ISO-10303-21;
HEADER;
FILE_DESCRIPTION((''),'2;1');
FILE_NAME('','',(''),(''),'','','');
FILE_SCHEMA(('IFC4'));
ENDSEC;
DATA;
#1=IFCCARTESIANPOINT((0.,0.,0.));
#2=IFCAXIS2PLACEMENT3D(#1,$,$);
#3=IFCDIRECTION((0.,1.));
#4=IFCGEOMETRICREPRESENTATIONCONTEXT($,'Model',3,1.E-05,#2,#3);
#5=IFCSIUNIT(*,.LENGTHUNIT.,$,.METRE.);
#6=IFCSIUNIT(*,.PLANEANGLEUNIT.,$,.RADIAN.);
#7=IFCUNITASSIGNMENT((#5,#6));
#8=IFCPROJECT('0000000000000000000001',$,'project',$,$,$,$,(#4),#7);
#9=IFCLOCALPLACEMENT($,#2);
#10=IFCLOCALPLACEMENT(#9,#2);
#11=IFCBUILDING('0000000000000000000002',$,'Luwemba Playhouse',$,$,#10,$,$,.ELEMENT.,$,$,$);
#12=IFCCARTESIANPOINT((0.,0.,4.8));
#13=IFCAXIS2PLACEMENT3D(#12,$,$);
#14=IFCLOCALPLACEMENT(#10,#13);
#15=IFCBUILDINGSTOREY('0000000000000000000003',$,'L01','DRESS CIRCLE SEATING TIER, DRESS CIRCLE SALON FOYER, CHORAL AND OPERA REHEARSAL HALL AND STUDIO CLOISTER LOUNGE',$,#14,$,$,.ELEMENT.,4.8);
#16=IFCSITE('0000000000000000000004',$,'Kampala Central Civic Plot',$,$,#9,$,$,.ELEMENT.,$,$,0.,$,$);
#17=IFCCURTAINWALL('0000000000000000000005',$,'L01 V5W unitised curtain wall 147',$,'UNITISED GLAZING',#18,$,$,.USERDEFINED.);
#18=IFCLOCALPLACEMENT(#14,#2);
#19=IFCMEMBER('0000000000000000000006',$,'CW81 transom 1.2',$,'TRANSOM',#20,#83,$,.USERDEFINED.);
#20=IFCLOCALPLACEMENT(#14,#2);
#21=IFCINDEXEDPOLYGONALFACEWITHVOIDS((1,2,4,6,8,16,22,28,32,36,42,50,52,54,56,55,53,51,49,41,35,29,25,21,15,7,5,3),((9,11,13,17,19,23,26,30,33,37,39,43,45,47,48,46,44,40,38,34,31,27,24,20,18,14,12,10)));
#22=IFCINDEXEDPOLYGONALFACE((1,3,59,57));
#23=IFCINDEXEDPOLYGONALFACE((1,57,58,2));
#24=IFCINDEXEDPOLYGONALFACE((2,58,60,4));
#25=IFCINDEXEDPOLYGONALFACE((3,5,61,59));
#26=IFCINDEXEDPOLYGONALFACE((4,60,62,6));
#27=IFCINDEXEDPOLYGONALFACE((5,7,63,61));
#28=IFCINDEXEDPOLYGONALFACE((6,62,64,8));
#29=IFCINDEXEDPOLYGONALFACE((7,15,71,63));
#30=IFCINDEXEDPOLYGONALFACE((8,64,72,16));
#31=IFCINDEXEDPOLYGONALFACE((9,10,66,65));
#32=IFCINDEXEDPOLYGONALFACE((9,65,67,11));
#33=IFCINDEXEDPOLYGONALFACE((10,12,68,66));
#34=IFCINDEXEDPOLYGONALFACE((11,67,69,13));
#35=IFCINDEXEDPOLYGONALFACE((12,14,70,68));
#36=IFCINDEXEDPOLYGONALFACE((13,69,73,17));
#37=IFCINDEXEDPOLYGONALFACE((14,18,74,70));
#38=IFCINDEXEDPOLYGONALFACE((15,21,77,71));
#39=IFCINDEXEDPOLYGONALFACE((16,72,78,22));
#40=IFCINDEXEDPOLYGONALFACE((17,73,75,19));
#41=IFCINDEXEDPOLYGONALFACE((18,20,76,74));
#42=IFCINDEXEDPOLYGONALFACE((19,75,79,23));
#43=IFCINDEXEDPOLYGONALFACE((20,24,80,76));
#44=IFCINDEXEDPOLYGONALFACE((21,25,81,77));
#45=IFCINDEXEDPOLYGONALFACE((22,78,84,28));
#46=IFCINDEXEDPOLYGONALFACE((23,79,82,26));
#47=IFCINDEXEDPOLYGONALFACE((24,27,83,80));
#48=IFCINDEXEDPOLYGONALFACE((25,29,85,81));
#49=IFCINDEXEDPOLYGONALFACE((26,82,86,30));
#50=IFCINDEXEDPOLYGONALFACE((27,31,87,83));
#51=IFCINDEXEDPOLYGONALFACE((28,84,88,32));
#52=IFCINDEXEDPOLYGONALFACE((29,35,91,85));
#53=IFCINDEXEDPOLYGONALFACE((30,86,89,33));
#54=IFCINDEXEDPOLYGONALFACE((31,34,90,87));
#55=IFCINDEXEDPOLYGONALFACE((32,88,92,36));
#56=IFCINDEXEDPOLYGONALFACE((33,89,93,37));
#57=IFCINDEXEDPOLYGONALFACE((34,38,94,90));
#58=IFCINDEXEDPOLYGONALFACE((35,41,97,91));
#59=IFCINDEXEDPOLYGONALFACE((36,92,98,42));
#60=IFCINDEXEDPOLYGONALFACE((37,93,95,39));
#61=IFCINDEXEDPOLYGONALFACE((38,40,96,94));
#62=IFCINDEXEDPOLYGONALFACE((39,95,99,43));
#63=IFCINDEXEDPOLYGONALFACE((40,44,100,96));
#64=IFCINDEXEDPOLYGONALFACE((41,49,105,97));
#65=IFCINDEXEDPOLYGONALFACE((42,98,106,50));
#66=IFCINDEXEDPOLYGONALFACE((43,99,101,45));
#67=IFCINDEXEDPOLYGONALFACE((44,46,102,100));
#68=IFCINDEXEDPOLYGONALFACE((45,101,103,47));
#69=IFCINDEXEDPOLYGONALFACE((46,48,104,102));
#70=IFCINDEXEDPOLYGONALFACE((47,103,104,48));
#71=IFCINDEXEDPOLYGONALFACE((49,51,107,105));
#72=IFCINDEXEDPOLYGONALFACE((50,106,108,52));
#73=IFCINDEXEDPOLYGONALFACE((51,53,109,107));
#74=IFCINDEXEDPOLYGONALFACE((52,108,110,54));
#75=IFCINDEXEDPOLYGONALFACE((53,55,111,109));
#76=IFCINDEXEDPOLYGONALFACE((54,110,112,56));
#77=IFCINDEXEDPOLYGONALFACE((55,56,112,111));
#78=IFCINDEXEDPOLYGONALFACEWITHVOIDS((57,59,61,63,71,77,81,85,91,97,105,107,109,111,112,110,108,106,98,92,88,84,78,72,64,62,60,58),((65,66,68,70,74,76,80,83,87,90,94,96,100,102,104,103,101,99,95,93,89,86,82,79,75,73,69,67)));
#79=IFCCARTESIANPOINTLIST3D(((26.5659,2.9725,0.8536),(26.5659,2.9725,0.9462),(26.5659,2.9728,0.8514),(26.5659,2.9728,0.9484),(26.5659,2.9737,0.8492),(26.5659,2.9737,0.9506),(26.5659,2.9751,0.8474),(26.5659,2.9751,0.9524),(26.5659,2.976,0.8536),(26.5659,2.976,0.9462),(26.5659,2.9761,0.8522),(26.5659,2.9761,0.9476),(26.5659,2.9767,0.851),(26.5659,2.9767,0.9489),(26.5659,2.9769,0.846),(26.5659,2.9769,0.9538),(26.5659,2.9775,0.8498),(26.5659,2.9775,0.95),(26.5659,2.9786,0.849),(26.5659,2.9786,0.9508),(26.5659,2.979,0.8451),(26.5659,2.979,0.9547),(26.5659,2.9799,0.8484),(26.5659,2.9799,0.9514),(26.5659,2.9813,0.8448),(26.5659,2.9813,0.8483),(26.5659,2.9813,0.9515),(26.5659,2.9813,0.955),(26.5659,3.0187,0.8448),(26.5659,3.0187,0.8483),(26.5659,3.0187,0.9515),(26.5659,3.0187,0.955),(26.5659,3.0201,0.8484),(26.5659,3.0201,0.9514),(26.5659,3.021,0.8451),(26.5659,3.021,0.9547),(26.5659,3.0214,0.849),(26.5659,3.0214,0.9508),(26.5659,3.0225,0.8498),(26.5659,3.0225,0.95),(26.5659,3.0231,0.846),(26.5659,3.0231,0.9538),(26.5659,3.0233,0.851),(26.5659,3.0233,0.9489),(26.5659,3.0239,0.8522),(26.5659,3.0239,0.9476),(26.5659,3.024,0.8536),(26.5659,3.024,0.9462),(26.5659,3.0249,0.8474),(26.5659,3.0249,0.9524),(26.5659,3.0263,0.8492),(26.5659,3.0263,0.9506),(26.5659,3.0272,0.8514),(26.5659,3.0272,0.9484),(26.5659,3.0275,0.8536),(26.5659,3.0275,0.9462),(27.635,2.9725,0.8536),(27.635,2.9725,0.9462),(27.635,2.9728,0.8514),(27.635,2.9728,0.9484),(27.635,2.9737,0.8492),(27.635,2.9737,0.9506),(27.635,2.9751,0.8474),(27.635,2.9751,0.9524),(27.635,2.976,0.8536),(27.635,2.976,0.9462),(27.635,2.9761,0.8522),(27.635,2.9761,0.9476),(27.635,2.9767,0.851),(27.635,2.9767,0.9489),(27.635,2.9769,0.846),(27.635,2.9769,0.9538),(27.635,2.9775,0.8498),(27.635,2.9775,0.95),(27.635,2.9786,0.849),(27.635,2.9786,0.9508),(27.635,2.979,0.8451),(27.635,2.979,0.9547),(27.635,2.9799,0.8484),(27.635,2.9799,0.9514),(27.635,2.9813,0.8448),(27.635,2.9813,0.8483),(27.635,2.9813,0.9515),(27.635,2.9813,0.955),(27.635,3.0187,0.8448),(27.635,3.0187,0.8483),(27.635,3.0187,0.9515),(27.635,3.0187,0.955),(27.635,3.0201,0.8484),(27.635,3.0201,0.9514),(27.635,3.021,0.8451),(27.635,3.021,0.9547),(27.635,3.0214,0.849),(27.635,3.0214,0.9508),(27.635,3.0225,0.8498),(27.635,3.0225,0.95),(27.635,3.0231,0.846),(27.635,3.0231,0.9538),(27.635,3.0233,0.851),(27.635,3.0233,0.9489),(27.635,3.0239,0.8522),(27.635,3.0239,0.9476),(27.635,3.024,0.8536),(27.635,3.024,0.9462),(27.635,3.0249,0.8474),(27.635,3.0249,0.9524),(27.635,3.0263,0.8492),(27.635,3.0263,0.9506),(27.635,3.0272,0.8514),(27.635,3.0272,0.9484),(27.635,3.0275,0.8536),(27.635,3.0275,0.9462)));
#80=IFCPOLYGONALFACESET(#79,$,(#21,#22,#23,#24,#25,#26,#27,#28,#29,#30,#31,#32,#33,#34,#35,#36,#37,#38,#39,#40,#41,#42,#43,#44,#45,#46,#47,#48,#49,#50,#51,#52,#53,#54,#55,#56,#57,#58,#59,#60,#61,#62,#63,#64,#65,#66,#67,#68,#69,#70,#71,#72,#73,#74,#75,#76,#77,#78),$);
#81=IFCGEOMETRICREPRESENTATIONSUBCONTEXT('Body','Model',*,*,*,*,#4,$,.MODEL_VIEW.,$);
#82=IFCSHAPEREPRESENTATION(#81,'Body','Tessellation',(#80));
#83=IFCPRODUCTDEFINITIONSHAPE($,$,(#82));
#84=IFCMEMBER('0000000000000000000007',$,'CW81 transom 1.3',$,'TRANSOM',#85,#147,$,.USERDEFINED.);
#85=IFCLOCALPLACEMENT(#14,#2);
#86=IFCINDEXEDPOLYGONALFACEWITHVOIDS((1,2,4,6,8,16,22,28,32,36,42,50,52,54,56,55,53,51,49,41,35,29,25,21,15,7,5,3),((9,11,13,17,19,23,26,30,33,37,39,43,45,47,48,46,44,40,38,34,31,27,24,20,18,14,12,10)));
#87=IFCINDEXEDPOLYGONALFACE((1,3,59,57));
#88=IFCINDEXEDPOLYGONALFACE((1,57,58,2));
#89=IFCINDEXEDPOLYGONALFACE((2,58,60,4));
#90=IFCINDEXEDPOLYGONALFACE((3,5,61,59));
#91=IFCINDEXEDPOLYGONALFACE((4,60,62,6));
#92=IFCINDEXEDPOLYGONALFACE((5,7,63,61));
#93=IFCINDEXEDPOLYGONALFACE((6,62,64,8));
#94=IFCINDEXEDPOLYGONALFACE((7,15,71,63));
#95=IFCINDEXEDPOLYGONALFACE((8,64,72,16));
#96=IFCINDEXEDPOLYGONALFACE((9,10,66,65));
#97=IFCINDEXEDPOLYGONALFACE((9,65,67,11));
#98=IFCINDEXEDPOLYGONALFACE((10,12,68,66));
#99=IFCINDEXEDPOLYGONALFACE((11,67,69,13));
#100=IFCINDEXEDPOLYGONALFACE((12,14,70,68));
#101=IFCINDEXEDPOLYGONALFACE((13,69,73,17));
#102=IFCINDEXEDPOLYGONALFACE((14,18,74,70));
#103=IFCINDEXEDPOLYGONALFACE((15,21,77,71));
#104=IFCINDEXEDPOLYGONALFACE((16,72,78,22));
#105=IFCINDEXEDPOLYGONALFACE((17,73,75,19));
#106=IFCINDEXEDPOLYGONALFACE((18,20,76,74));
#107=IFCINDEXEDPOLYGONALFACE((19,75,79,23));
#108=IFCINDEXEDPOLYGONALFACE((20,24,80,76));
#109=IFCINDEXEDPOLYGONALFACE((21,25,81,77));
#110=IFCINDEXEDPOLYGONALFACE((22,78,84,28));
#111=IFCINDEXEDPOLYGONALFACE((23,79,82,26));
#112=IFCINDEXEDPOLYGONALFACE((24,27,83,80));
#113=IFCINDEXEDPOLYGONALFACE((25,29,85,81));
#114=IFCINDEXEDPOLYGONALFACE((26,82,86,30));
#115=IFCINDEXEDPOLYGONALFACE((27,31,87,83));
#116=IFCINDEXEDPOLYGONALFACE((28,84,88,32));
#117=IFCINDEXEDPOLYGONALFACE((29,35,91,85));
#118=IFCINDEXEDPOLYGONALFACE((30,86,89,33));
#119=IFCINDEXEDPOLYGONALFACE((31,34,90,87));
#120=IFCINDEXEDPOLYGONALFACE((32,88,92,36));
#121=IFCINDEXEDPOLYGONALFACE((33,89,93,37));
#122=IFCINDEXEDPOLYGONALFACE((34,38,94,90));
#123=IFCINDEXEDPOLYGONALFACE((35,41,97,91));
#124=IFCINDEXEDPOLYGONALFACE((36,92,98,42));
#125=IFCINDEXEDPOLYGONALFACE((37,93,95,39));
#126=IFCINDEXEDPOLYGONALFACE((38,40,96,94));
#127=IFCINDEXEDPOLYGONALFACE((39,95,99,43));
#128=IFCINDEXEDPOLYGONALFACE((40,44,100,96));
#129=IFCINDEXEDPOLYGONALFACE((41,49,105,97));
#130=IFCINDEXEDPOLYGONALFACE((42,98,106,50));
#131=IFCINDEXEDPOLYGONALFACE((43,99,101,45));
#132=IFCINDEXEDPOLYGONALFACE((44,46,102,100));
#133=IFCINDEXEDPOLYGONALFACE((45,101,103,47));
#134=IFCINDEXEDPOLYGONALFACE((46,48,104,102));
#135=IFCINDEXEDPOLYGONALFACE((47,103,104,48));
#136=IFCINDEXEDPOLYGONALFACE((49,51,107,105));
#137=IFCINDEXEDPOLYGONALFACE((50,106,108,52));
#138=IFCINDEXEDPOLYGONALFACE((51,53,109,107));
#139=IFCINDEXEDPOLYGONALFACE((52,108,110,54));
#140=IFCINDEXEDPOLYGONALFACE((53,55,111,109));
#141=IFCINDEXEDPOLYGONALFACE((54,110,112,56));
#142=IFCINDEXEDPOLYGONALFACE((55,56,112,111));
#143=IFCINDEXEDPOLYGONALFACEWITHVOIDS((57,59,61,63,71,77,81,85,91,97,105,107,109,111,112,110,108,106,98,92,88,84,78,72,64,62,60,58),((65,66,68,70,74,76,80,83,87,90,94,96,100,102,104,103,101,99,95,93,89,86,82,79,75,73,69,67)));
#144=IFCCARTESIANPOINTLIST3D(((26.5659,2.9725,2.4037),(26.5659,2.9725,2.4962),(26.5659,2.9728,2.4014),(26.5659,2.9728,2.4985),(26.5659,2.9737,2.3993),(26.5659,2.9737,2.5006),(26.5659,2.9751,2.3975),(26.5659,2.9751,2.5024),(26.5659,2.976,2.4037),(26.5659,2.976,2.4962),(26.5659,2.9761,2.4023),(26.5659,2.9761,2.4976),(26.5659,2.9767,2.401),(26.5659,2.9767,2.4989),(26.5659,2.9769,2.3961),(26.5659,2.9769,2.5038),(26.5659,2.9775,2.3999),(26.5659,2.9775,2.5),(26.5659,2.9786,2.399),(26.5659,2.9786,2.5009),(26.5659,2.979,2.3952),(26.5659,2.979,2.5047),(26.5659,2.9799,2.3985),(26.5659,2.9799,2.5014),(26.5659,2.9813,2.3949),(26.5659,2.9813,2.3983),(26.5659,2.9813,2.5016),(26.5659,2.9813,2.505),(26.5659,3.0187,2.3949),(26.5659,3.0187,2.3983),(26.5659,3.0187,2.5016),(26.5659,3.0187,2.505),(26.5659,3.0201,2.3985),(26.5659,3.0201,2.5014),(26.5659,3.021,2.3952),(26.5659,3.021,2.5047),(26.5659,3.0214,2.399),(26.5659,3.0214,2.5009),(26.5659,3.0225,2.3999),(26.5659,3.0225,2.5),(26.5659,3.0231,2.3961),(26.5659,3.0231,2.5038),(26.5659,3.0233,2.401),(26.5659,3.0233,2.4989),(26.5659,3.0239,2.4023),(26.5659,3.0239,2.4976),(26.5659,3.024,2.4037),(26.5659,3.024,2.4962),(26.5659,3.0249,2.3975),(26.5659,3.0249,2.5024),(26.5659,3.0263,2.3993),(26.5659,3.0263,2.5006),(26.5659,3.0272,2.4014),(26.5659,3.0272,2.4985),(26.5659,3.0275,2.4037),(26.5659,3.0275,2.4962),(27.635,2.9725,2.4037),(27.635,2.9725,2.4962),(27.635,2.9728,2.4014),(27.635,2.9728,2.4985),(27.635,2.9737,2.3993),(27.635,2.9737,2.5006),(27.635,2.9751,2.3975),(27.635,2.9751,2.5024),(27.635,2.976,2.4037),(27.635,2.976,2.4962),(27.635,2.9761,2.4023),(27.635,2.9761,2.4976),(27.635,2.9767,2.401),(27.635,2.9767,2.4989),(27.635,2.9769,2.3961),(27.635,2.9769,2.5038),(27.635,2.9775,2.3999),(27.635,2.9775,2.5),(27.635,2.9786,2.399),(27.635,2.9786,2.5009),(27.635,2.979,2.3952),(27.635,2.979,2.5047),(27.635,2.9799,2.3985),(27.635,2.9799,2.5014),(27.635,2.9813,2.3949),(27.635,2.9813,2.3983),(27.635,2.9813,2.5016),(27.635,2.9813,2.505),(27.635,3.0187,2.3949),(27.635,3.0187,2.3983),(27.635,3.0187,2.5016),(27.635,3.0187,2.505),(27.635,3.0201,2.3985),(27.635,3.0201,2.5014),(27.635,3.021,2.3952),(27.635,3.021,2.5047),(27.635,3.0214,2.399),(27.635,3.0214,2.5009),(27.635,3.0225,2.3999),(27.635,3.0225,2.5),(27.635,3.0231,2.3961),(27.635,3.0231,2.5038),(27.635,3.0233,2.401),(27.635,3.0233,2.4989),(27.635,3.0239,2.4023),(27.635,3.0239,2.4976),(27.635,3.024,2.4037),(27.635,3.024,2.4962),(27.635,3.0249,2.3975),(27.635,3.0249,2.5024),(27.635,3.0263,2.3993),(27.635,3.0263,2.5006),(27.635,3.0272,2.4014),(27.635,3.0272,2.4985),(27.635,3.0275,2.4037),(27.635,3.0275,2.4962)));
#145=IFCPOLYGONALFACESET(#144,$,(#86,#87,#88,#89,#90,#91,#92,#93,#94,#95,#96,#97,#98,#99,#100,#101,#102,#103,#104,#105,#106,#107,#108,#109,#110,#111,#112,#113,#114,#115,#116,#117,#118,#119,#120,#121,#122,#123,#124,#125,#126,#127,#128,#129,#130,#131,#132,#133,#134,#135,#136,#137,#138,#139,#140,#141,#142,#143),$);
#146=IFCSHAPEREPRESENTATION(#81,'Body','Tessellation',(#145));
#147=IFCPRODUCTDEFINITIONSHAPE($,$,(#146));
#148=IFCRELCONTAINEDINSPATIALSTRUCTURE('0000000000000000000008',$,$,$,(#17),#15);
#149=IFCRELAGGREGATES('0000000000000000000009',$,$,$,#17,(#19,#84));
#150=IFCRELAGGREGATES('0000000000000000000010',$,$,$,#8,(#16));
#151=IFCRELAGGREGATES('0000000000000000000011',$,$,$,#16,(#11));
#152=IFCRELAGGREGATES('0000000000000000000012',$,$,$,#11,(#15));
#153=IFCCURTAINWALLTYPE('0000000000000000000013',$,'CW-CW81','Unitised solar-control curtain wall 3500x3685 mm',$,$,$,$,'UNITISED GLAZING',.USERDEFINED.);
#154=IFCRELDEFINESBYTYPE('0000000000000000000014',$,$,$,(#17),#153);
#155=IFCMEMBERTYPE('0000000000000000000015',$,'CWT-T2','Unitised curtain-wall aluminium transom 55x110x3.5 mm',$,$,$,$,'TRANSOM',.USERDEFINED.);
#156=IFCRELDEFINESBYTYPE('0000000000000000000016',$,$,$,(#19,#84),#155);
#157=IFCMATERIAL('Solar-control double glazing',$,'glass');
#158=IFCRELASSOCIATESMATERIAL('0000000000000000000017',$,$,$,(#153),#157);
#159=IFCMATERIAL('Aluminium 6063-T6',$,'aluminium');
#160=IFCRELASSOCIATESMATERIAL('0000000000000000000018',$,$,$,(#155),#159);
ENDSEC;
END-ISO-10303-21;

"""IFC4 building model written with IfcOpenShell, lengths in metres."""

from ifc_helpers import new_model, si_unit, direction, frame, origin, origin_2d, place, context, subcontext, project, spatial, hollow_rectangle, extrude, material, material_profile, profile_set, type_object, element, aggregate, save


model = new_model("IFC4")

# Units and contexts
model_context = context("Model", 3, precision=1e-05, world=origin(), true_north=direction((0.0, 1.0)))
body_context = subcontext(model_context, "Body", "Model", "MODEL_VIEW")
ifc_project = project(units=[si_unit("LENGTHUNIT", "METRE"), si_unit("PLANEANGLEUNIT", "RADIAN")], contexts=[model_context])

# Site, building, storey
site_placement = place(None, origin())
site = spatial("IfcSite", under=ifc_project, at=site_placement, Name="Kampala Central Civic Plot", CompositionType="ELEMENT", RefElevation=0.0)
building_placement = place(site_placement, origin())
building = spatial("IfcBuilding", under=site, at=building_placement, Name="Luwemba Playhouse", CompositionType="ELEMENT")
storey_placement = place(building_placement, frame((0.0, 0.0, 4.8)))
storey = spatial("IfcBuildingStorey", under=building, at=storey_placement, Name="L01", Description="DRESS CIRCLE SEATING TIER, DRESS CIRCLE SALON FOYER, CHORAL AND OPERA REHEARSAL HALL AND STUDIO CLOISTER LOUNGE", CompositionType="ELEMENT", Elevation=4.8)

# Shared definitions
ifc_material_1 = material(Name="Solar-control double glazing", Category="glass")
ifc_material_2 = material(Name="Aluminium 6063-T6", Category="aluminium")

# Curtain wall, members
curtain_wall_type_1 = type_object("IfcCurtainWallType", Name="CW-CW81", Description="Unitised solar-control curtain wall 3500x3685 mm", ElementType="UNITISED GLAZING", PredefinedType="USERDEFINED", material=ifc_material_1)
curtain_wall_1_placement = place(storey_placement, origin())
curtain_wall_1 = element("IfcCurtainWall", 1, at=curtain_wall_1_placement, inside=storey, type_object=curtain_wall_type_1, Name="L01 V5W unitised curtain wall 147", ObjectType="UNITISED GLAZING", PredefinedType="USERDEFINED")
ifc_material_profile_1 = material_profile(ifc_material_2, hollow_rectangle(XDim=0.0549, YDim=0.1101, WallThickness=0.0034, InnerFilletRadius=0.0054, OuterFilletRadius=0.0088, at=origin_2d()))
ifc_profile_set_1 = profile_set([ifc_material_profile_1], Name="Aluminium 6063-T6")
member_type_1 = type_object("IfcMemberType", Name="CWT-T2", Description="Unitised curtain-wall aluminium transom 55x110x3.5 mm", ElementType="TRANSOM", PredefinedType="USERDEFINED", material=ifc_profile_set_1)
member_1_placement = place(storey_placement, frame((27.635, 3.0, 0.8999), z_axis=(-1.0, 0.0, 0.0), x_axis=(0.0, -1.0, 0.0)))
member_1 = element("IfcMember", 2, at=member_1_placement, type_object=member_type_1, Name="CW81 transom 1.2", ObjectType="TRANSOM", PredefinedType="USERDEFINED", context=body_context, shape_type="SweptSolid", body=[
    extrude(hollow_rectangle(XDim=0.0549, YDim=0.1101, WallThickness=0.0034, InnerFilletRadius=0.0054, OuterFilletRadius=0.0088, at=origin_2d()), origin(), (0.0, 0.0, 1.0), 1.0691),
])
member_2_placement = place(storey_placement, frame((27.635, 3.0, 2.45), z_axis=(-1.0, 0.0, 0.0), x_axis=(0.0, -1.0, 0.0)))
member_2 = element("IfcMember", 3, at=member_2_placement, type_object=member_type_1, Name="CW81 transom 1.3", ObjectType="TRANSOM", PredefinedType="USERDEFINED", context=body_context, shape_type="SweptSolid", body=[
    extrude(hollow_rectangle(XDim=0.0549, YDim=0.1101, WallThickness=0.0034, InnerFilletRadius=0.0054, OuterFilletRadius=0.0088, at=origin_2d()), origin(), (0.0, 0.0, 1.0), 1.0691),
])
aggregate(curtain_wall_1, [member_1, member_2])

save(model, "model.ifc")
